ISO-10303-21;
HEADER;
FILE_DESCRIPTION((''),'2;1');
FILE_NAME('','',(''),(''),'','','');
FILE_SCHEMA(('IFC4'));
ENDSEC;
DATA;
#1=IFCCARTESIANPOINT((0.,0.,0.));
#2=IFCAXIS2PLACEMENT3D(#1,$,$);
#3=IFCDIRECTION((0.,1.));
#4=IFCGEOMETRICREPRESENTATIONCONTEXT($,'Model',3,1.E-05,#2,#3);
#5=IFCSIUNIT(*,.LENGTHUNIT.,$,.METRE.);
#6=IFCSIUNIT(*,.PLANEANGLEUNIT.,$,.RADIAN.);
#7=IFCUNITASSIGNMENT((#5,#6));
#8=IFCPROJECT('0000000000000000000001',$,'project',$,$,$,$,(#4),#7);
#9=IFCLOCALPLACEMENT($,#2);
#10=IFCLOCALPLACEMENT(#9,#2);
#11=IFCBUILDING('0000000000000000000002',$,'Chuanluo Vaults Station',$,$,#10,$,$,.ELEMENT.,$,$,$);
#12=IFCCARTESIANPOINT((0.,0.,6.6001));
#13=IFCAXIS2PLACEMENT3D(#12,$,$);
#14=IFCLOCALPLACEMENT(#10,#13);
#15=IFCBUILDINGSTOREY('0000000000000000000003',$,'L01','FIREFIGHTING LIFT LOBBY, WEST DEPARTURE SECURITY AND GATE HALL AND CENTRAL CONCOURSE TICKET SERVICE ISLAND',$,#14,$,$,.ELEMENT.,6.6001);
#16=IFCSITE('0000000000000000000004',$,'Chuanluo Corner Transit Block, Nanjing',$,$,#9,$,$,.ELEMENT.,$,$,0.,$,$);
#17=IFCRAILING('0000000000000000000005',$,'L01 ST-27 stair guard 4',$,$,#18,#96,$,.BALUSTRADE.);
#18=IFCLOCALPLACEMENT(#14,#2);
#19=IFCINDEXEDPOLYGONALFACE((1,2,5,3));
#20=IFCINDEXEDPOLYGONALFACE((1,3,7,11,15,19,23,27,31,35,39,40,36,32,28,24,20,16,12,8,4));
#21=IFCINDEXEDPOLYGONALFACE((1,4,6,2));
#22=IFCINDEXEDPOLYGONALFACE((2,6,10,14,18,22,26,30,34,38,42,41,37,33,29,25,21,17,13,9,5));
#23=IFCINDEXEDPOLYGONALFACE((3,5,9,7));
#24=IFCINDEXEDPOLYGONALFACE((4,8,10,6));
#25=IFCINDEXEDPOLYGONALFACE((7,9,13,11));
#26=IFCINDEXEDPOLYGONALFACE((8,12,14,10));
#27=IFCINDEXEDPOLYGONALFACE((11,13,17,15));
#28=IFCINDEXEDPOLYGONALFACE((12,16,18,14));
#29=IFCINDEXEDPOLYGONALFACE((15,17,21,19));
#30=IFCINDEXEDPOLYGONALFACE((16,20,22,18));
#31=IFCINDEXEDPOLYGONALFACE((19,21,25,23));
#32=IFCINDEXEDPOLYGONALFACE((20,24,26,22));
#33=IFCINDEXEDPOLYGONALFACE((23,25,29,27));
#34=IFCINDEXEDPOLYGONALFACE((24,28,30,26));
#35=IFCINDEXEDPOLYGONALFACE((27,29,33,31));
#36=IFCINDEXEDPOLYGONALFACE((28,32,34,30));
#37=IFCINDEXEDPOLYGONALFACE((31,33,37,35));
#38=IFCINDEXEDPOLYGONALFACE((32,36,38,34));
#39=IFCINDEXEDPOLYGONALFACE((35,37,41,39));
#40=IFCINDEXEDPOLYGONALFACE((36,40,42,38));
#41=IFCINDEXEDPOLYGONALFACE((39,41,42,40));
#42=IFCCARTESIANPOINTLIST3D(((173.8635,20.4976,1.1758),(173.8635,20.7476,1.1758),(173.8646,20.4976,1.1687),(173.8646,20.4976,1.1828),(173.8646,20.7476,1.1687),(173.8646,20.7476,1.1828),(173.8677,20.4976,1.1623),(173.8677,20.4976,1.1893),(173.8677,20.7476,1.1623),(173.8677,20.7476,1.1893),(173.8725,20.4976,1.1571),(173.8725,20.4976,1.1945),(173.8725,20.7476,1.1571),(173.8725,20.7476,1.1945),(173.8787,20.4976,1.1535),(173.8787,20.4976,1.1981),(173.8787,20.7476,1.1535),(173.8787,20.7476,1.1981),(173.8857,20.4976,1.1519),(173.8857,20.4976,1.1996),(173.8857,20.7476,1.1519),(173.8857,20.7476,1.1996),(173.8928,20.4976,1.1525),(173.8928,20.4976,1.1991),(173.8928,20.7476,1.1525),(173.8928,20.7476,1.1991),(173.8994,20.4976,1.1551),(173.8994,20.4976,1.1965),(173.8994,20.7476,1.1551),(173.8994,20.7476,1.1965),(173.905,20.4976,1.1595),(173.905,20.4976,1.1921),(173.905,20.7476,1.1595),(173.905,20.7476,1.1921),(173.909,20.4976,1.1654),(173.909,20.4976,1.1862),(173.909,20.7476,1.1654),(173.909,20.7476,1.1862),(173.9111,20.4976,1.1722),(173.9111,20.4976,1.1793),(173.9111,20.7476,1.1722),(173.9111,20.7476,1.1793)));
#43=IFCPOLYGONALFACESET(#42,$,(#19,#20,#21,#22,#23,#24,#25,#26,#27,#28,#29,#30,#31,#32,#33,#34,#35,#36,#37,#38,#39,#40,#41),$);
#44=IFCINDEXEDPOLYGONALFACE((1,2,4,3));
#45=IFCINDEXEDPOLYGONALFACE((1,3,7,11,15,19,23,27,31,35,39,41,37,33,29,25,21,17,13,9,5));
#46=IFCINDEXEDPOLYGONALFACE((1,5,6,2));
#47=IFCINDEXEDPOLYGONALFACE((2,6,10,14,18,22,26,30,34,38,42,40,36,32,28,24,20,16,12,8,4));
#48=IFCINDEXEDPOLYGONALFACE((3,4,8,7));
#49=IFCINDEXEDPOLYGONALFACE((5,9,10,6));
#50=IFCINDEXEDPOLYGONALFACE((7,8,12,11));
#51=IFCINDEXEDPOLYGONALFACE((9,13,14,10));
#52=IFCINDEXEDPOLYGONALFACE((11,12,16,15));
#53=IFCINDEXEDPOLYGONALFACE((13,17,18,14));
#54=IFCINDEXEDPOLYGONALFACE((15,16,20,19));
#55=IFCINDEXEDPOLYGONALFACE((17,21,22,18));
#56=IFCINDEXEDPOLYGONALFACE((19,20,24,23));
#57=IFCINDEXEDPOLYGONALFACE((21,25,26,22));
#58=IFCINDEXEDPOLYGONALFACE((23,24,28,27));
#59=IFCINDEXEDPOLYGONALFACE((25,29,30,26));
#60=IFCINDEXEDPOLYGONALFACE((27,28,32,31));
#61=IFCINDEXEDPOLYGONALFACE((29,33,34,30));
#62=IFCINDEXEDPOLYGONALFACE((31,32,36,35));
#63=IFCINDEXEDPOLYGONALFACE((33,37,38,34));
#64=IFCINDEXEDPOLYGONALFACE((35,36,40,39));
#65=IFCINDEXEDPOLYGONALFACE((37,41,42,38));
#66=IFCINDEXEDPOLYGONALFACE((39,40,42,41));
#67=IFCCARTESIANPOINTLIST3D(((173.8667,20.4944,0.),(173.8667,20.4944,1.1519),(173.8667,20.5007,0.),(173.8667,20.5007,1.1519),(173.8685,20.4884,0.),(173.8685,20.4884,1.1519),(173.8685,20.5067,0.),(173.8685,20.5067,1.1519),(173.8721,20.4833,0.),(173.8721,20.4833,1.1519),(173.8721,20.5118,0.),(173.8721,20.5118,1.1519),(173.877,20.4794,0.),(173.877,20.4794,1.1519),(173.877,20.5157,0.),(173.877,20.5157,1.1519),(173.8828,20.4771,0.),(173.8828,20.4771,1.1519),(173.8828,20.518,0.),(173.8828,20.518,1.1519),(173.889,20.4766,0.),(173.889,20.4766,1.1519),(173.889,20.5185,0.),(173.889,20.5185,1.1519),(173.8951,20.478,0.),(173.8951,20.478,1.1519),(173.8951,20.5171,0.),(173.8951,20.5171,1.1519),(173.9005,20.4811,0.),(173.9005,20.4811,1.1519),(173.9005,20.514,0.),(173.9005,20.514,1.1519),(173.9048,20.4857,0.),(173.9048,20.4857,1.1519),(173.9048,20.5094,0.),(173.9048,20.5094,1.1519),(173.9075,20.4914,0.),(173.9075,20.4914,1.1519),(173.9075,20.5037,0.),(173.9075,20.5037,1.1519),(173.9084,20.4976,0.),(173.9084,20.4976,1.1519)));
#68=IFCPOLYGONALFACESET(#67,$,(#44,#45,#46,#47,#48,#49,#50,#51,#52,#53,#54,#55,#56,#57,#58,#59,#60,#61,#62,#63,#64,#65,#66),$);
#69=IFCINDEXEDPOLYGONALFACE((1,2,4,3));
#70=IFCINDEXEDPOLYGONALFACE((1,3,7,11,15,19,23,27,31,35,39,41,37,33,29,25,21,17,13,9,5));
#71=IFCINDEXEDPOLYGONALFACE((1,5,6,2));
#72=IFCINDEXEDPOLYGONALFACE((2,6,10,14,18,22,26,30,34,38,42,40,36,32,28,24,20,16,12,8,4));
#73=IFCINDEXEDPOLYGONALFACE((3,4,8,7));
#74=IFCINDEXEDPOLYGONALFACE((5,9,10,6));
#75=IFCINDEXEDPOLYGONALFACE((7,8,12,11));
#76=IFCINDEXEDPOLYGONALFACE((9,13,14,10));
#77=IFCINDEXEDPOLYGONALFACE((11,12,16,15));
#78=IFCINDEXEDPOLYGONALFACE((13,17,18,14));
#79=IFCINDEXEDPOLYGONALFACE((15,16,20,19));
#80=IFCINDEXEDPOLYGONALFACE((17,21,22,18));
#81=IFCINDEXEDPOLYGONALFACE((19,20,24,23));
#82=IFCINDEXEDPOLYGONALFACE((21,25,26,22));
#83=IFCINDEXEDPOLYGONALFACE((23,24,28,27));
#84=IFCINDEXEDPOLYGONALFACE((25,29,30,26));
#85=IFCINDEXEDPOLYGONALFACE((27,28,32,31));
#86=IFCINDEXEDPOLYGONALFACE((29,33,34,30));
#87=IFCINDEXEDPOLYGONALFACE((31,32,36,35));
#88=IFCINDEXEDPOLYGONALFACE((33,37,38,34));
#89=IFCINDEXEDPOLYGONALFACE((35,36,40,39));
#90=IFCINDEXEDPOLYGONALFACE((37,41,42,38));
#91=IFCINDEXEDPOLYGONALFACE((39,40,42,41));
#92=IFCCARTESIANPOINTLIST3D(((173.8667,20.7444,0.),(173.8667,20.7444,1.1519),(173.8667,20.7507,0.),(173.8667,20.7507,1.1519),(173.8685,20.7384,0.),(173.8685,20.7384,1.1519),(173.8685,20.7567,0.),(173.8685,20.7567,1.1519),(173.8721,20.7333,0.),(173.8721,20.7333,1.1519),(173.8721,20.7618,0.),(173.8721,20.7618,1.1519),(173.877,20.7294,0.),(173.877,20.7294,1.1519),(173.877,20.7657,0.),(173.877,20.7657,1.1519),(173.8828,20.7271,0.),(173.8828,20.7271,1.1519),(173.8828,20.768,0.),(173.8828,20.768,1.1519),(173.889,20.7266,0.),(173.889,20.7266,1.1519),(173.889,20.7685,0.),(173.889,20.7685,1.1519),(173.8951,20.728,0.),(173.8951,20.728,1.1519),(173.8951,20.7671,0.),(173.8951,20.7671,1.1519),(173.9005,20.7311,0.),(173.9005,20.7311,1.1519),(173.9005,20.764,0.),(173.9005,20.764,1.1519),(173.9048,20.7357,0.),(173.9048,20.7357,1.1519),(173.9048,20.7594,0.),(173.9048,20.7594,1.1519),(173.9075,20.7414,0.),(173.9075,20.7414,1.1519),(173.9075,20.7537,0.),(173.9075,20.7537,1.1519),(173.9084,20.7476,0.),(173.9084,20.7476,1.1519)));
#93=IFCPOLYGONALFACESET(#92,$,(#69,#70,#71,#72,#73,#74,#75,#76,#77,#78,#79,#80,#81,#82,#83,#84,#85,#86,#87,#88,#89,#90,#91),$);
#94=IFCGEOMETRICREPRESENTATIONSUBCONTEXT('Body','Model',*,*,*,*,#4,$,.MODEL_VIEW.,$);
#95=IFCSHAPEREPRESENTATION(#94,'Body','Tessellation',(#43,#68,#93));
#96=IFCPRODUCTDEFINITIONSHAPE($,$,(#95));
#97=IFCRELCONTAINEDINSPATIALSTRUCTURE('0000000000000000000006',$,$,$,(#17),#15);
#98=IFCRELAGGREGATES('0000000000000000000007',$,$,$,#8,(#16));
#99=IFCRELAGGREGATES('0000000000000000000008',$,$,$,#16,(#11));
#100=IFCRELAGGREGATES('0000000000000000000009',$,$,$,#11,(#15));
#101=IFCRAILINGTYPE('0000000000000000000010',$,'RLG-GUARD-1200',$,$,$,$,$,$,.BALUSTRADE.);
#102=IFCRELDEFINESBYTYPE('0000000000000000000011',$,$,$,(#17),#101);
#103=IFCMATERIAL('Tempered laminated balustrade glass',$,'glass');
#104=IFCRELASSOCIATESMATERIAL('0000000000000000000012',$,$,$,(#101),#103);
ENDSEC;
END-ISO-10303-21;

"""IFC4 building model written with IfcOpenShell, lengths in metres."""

from ifc_helpers import new_model, si_unit, direction, frame, origin, origin_2d, place, context, subcontext, project, spatial, circle, extrude, material, type_object, element, save


model = new_model("IFC4")

# Units and contexts
model_context = context("Model", 3, precision=1e-05, world=origin(), true_north=direction((0.0, 1.0)))
body_context = subcontext(model_context, "Body", "Model", "MODEL_VIEW")
ifc_project = project(units=[si_unit("LENGTHUNIT", "METRE"), si_unit("PLANEANGLEUNIT", "RADIAN")], contexts=[model_context])

# Site, building, storey
site_placement = place(None, origin())
site = spatial("IfcSite", under=ifc_project, at=site_placement, Name="Chuanluo Corner Transit Block, Nanjing", CompositionType="ELEMENT", RefElevation=0.0)
building_placement = place(site_placement, origin())
building = spatial("IfcBuilding", under=site, at=building_placement, Name="Chuanluo Vaults Station", CompositionType="ELEMENT")
storey_placement = place(building_placement, frame((0.0, 0.0, 6.6001)))
storey = spatial("IfcBuildingStorey", under=building, at=storey_placement, Name="L01", Description="FIREFIGHTING LIFT LOBBY, WEST DEPARTURE SECURITY AND GATE HALL AND CENTRAL CONCOURSE TICKET SERVICE ISLAND", CompositionType="ELEMENT", Elevation=6.6001)

# Railing
ifc_material_1 = material(Name="Tempered laminated balustrade glass", Category="glass")
railing_type_1 = type_object("IfcRailingType", Name="RLG-GUARD-1200", PredefinedType="BALUSTRADE", material=ifc_material_1)
railing_1_placement = place(storey_placement, frame((173.8875, 20.4976, 0.0)))
element("IfcRailing", 1, at=railing_1_placement, inside=storey, type_object=railing_type_1, Name="L01 ST-27 stair guard 4", PredefinedType="BALUSTRADE", context=body_context, shape_type="SweptSolid", body=[
    extrude(circle(Radius=0.0239, at=origin_2d()), frame((0.0, 0.0, 1.1758), z_axis=(0.0, 1.0, 0.0), x_axis=(-1.0, 0.0, 0.0)), (0.0, 0.0, 1.0), 0.25),
    extrude(circle(Radius=0.021, at=origin_2d()), origin(), (0.0, 0.0, 1.0), 1.1519),
    extrude(circle(Radius=0.021, at=origin_2d()), frame((0.0, 0.25, 0.0)), (0.0, 0.0, 1.0), 1.1519),
])

save(model, "model.ifc")
